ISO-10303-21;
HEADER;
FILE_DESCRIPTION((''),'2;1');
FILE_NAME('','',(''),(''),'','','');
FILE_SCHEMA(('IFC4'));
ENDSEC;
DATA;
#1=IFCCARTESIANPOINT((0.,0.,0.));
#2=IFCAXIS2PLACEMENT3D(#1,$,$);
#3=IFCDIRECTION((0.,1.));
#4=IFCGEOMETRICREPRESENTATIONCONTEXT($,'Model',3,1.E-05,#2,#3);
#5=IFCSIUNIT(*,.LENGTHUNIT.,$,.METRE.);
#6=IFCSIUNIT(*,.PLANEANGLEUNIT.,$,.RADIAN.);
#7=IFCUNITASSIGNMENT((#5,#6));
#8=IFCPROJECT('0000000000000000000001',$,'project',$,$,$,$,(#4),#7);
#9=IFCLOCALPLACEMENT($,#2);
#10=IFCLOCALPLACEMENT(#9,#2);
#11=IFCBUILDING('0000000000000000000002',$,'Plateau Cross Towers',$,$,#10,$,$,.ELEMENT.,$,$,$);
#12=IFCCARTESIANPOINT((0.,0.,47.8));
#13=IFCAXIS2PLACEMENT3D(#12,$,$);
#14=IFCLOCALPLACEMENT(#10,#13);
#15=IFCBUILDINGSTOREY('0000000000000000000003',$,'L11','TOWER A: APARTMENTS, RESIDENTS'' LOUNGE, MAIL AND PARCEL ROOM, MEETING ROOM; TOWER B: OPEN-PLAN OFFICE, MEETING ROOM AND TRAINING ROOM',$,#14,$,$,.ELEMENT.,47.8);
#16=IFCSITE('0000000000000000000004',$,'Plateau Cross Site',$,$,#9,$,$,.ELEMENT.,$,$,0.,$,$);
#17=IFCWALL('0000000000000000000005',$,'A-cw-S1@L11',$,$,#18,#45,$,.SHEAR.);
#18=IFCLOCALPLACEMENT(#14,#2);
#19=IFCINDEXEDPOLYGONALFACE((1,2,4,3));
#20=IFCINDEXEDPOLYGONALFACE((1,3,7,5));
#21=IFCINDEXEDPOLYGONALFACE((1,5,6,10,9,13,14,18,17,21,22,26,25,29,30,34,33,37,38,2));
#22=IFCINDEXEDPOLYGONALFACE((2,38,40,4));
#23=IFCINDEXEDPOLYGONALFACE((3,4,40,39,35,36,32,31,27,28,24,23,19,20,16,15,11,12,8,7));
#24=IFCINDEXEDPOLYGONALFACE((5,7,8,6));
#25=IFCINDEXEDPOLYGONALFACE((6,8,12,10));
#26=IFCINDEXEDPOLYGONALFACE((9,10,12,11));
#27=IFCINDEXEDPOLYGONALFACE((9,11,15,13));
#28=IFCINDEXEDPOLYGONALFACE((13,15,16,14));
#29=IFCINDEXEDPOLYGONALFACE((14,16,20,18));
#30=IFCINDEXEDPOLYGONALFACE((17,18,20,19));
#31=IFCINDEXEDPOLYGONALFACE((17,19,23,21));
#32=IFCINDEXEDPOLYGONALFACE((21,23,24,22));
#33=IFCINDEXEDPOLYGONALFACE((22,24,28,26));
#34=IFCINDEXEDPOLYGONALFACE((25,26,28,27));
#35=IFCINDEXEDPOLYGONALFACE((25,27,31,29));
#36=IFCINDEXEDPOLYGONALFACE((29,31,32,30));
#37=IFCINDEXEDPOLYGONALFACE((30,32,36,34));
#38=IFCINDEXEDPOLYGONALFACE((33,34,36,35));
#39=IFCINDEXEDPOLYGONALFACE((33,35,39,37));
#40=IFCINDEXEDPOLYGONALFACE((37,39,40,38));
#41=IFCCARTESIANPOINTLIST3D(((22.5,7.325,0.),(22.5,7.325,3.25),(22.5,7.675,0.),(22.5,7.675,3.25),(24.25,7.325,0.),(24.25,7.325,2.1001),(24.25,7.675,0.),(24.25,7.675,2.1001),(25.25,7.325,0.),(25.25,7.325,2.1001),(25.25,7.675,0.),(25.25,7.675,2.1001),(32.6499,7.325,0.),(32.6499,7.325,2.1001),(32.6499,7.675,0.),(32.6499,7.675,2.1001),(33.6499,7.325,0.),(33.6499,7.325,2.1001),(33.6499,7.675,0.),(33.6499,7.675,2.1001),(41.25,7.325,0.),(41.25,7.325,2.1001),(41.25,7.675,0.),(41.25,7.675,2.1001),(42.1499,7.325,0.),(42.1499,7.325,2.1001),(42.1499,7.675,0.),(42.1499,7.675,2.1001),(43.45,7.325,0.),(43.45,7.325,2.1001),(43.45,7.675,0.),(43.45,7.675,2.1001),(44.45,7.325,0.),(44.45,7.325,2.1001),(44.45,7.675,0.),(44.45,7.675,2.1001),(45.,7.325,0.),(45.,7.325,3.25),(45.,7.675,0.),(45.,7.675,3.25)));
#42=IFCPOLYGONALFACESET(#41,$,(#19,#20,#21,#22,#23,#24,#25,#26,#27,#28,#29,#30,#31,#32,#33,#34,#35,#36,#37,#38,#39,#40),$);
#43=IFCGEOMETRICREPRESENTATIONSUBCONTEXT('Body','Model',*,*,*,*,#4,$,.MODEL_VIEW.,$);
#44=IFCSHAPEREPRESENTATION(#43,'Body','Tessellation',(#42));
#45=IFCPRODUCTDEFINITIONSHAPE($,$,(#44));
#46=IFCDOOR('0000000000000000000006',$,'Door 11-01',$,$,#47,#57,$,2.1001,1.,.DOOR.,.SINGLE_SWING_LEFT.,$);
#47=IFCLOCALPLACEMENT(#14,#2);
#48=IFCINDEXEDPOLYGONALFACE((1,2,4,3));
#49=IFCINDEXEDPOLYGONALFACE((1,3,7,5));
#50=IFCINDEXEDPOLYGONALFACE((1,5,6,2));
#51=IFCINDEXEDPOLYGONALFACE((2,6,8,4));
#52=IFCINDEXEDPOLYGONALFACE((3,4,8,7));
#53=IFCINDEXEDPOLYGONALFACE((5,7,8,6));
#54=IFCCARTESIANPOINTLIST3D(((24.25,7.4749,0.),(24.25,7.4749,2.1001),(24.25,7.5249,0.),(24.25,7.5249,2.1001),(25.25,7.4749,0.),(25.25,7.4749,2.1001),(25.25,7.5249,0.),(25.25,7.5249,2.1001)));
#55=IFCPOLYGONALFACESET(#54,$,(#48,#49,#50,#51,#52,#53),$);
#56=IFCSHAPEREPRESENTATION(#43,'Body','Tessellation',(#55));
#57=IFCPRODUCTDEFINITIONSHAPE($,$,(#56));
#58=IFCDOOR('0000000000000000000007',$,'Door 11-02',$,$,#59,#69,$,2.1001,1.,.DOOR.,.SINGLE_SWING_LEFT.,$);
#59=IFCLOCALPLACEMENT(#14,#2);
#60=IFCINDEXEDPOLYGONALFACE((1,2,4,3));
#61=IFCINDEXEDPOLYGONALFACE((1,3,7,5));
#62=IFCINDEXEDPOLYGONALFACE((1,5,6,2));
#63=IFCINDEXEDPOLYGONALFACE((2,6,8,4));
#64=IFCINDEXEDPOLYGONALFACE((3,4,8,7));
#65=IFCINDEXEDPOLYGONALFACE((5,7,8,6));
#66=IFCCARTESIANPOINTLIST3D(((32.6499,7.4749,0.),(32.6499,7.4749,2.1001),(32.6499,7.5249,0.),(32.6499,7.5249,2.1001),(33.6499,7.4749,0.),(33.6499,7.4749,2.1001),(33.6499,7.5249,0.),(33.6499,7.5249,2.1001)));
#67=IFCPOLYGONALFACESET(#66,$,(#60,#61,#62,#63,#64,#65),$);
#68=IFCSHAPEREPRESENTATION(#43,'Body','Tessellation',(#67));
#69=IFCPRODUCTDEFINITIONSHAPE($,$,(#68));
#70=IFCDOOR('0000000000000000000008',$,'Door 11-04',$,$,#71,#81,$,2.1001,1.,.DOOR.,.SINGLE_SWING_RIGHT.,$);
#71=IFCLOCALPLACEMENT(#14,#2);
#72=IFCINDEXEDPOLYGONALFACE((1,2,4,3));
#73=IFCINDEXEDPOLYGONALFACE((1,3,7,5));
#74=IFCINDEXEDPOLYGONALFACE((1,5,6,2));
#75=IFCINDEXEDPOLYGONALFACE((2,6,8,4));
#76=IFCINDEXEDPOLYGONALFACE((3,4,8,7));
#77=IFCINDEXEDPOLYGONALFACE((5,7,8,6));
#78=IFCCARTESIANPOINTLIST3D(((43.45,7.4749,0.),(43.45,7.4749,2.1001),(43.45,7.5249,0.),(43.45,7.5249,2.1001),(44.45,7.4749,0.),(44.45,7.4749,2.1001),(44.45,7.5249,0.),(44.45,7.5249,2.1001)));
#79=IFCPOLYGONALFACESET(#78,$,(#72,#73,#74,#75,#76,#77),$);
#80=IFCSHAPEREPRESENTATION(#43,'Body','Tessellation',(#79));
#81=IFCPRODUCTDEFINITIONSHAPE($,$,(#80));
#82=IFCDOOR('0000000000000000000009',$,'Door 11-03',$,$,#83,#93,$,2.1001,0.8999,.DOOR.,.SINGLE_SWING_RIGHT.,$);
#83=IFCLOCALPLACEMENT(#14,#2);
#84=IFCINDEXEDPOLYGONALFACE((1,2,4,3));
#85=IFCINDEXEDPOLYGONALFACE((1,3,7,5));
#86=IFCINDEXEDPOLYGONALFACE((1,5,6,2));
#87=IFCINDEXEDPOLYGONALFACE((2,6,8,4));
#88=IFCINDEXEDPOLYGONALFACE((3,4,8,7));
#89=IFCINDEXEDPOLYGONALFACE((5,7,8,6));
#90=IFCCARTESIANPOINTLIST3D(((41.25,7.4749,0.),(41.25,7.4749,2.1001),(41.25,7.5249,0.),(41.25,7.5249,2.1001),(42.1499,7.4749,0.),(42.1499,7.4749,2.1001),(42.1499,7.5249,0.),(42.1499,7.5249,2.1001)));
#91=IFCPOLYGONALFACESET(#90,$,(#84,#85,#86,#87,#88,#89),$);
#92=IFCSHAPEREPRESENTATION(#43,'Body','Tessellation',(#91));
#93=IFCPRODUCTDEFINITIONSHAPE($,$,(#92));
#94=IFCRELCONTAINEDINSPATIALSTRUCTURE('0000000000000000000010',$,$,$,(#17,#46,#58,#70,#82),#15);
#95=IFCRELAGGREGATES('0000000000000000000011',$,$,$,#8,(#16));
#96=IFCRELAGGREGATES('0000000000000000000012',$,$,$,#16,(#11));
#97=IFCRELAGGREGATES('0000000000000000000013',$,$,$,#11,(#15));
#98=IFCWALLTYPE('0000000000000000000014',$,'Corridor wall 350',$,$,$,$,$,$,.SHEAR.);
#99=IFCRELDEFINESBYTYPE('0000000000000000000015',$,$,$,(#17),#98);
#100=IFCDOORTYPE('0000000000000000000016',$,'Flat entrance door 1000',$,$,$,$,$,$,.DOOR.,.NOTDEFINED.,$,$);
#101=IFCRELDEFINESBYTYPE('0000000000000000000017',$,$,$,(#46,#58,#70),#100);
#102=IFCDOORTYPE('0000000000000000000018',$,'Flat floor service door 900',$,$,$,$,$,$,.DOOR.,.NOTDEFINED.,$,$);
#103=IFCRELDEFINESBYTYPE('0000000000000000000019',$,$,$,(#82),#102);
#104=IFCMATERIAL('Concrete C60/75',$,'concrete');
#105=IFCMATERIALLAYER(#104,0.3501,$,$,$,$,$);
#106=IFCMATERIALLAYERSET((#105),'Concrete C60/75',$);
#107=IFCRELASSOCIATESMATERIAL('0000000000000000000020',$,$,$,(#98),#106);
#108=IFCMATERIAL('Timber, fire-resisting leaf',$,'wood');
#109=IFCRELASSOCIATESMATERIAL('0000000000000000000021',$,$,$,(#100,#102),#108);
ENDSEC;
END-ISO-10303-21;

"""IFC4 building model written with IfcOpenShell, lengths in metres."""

from ifc_helpers import new_model, si_unit, direction, frame, frame_2d, origin, place, context, subcontext, project, spatial, rectangle, extrude, material, layer, layer_set, type_object, element, fill, save


model = new_model("IFC4")

# Units and contexts
model_context = context("Model", 3, precision=1e-05, world=origin(), true_north=direction((0.0, 1.0)))
body_context = subcontext(model_context, "Body", "Model", "MODEL_VIEW")
ifc_project = project(units=[si_unit("LENGTHUNIT", "METRE"), si_unit("PLANEANGLEUNIT", "RADIAN")], contexts=[model_context])

# Site, building, storey
site_placement = place(None, origin())
site = spatial("IfcSite", under=ifc_project, at=site_placement, Name="Plateau Cross Site", CompositionType="ELEMENT", RefElevation=0.0)
building_placement = place(site_placement, origin())
building = spatial("IfcBuilding", under=site, at=building_placement, Name="Plateau Cross Towers", CompositionType="ELEMENT")
storey_placement = place(building_placement, frame((0.0, 0.0, 47.8)))
storey = spatial("IfcBuildingStorey", under=building, at=storey_placement, Name="L11", Description="TOWER A: APARTMENTS, RESIDENTS' LOUNGE, MAIL AND PARCEL ROOM, MEETING ROOM; TOWER B: OPEN-PLAN OFFICE, MEETING ROOM AND TRAINING ROOM", CompositionType="ELEMENT", Elevation=47.8)

# Shared definitions
ifc_material_1 = material(Name="Concrete C60/75", Category="concrete")

# Wall, openings, doors
ifc_layer_1 = layer(ifc_material_1, 0.3501)
ifc_layer_set_1 = layer_set([ifc_layer_1], Name="Concrete C60/75")
wall_type_1 = type_object("IfcWallType", Name="Corridor wall 350", PredefinedType="SHEAR", material=ifc_layer_set_1)
wall_1_placement = place(storey_placement, frame((22.5, 7.5, 0.0), z_axis=(0.0, 0.0, 1.0), x_axis=(1.0, 0.0, 0.0)))
wall_1 = element("IfcWall", 1, at=wall_1_placement, inside=storey, type_object=wall_type_1, Name="A-cw-S1@L11", PredefinedType="SHEAR", context=body_context, shape_type="SweptSolid", body=[
    extrude(rectangle(XDim=22.5, YDim=0.3501, at=frame_2d((11.25, 0.0))), origin(), (0.0, 0.0, 1.0), 3.25),
])
opening_1_placement = place(wall_1_placement, frame((1.75, 0.0, 0.0)))
opening_1 = element("IfcOpeningElement", 2, at=opening_1_placement, cuts=wall_1, PredefinedType="OPENING", context=body_context, shape_type="SweptSolid", body=[
    extrude(rectangle(XDim=1.0, YDim=2.1001, at=frame_2d((0.5, 1.05))), frame((0.0, 0.1851, 0.0), z_axis=(0.0, -1.0, 0.0), x_axis=(1.0, 0.0, 0.0)), (0.0, 0.0, 1.0), 0.3701),
])
opening_2_placement = place(wall_1_placement, frame((10.1499, 0.0, 0.0)))
opening_2 = element("IfcOpeningElement", 3, at=opening_2_placement, cuts=wall_1, PredefinedType="OPENING", context=body_context, shape_type="SweptSolid", body=[
    extrude(rectangle(XDim=1.0, YDim=2.1001, at=frame_2d((0.5, 1.05))), frame((0.0, 0.1851, 0.0), z_axis=(0.0, -1.0, 0.0), x_axis=(1.0, 0.0, 0.0)), (0.0, 0.0, 1.0), 0.3701),
])
opening_3_placement = place(wall_1_placement, frame((18.75, 0.0, 0.0)))
opening_3 = element("IfcOpeningElement", 4, at=opening_3_placement, cuts=wall_1, PredefinedType="OPENING", context=body_context, shape_type="SweptSolid", body=[
    extrude(rectangle(XDim=0.8999, YDim=2.1001, at=frame_2d((0.45, 1.05))), frame((0.0, 0.1851, 0.0), z_axis=(0.0, -1.0, 0.0), x_axis=(1.0, 0.0, 0.0)), (0.0, 0.0, 1.0), 0.3701),
])
opening_4_placement = place(wall_1_placement, frame((20.95, 0.0, 0.0)))
opening_4 = element("IfcOpeningElement", 5, at=opening_4_placement, cuts=wall_1, PredefinedType="OPENING", context=body_context, shape_type="SweptSolid", body=[
    extrude(rectangle(XDim=1.0, YDim=2.1001, at=frame_2d((0.5, 1.05))), frame((0.0, 0.1851, 0.0), z_axis=(0.0, -1.0, 0.0), x_axis=(1.0, 0.0, 0.0)), (0.0, 0.0, 1.0), 0.3701),
])
ifc_material_2 = material(Name="Timber, fire-resisting leaf", Category="wood")
door_type_1 = type_object("IfcDoorType", Name="Flat entrance door 1000", OperationType="NOTDEFINED", PredefinedType="DOOR", material=ifc_material_2)
door_1_placement = place(opening_1_placement, origin())
door_1 = element("IfcDoor", 6, at=door_1_placement, inside=storey, type_object=door_type_1, Name="Door 11-01", OperationType="SINGLE_SWING_LEFT", OverallHeight=2.1001, OverallWidth=1.0, PredefinedType="DOOR", context=body_context, shape_type="SweptSolid", body=[
    extrude(rectangle(XDim=1.0, YDim=2.1001, at=frame_2d((0.5, 1.05))), frame((0.0, 0.0249, 0.0), z_axis=(0.0, -1.0, 0.0), x_axis=(1.0, 0.0, 0.0)), (0.0, 0.0, 1.0), 0.05),
])
fill(opening_1, door_1)
door_2_placement = place(opening_2_placement, origin())
door_2 = element("IfcDoor", 7, at=door_2_placement, inside=storey, type_object=door_type_1, Name="Door 11-02", OperationType="SINGLE_SWING_LEFT", OverallHeight=2.1001, OverallWidth=1.0, PredefinedType="DOOR", context=body_context, shape_type="SweptSolid", body=[
    extrude(rectangle(XDim=1.0, YDim=2.1001, at=frame_2d((0.5, 1.05))), frame((0.0, 0.0249, 0.0), z_axis=(0.0, -1.0, 0.0), x_axis=(1.0, 0.0, 0.0)), (0.0, 0.0, 1.0), 0.05),
])
fill(opening_2, door_2)
door_3_placement = place(opening_4_placement, origin())
door_3 = element("IfcDoor", 8, at=door_3_placement, inside=storey, type_object=door_type_1, Name="Door 11-04", OperationType="SINGLE_SWING_RIGHT", OverallHeight=2.1001, OverallWidth=1.0, PredefinedType="DOOR", context=body_context, shape_type="SweptSolid", body=[
    extrude(rectangle(XDim=1.0, YDim=2.1001, at=frame_2d((0.5, 1.05))), frame((0.0, 0.0249, 0.0), z_axis=(0.0, -1.0, 0.0), x_axis=(1.0, 0.0, 0.0)), (0.0, 0.0, 1.0), 0.05),
])
fill(opening_4, door_3)
door_type_2 = type_object("IfcDoorType", Name="Flat floor service door 900", OperationType="NOTDEFINED", PredefinedType="DOOR", material=ifc_material_2)
door_4_placement = place(opening_3_placement, origin())
door_4 = element("IfcDoor", 9, at=door_4_placement, inside=storey, type_object=door_type_2, Name="Door 11-03", OperationType="SINGLE_SWING_RIGHT", OverallHeight=2.1001, OverallWidth=0.8999, PredefinedType="DOOR", context=body_context, shape_type="SweptSolid", body=[
    extrude(rectangle(XDim=0.8999, YDim=2.1001, at=frame_2d((0.45, 1.05))), frame((0.0, 0.0249, 0.0), z_axis=(0.0, -1.0, 0.0), x_axis=(1.0, 0.0, 0.0)), (0.0, 0.0, 1.0), 0.05),
])
fill(opening_3, door_4)

save(model, "model.ifc")
